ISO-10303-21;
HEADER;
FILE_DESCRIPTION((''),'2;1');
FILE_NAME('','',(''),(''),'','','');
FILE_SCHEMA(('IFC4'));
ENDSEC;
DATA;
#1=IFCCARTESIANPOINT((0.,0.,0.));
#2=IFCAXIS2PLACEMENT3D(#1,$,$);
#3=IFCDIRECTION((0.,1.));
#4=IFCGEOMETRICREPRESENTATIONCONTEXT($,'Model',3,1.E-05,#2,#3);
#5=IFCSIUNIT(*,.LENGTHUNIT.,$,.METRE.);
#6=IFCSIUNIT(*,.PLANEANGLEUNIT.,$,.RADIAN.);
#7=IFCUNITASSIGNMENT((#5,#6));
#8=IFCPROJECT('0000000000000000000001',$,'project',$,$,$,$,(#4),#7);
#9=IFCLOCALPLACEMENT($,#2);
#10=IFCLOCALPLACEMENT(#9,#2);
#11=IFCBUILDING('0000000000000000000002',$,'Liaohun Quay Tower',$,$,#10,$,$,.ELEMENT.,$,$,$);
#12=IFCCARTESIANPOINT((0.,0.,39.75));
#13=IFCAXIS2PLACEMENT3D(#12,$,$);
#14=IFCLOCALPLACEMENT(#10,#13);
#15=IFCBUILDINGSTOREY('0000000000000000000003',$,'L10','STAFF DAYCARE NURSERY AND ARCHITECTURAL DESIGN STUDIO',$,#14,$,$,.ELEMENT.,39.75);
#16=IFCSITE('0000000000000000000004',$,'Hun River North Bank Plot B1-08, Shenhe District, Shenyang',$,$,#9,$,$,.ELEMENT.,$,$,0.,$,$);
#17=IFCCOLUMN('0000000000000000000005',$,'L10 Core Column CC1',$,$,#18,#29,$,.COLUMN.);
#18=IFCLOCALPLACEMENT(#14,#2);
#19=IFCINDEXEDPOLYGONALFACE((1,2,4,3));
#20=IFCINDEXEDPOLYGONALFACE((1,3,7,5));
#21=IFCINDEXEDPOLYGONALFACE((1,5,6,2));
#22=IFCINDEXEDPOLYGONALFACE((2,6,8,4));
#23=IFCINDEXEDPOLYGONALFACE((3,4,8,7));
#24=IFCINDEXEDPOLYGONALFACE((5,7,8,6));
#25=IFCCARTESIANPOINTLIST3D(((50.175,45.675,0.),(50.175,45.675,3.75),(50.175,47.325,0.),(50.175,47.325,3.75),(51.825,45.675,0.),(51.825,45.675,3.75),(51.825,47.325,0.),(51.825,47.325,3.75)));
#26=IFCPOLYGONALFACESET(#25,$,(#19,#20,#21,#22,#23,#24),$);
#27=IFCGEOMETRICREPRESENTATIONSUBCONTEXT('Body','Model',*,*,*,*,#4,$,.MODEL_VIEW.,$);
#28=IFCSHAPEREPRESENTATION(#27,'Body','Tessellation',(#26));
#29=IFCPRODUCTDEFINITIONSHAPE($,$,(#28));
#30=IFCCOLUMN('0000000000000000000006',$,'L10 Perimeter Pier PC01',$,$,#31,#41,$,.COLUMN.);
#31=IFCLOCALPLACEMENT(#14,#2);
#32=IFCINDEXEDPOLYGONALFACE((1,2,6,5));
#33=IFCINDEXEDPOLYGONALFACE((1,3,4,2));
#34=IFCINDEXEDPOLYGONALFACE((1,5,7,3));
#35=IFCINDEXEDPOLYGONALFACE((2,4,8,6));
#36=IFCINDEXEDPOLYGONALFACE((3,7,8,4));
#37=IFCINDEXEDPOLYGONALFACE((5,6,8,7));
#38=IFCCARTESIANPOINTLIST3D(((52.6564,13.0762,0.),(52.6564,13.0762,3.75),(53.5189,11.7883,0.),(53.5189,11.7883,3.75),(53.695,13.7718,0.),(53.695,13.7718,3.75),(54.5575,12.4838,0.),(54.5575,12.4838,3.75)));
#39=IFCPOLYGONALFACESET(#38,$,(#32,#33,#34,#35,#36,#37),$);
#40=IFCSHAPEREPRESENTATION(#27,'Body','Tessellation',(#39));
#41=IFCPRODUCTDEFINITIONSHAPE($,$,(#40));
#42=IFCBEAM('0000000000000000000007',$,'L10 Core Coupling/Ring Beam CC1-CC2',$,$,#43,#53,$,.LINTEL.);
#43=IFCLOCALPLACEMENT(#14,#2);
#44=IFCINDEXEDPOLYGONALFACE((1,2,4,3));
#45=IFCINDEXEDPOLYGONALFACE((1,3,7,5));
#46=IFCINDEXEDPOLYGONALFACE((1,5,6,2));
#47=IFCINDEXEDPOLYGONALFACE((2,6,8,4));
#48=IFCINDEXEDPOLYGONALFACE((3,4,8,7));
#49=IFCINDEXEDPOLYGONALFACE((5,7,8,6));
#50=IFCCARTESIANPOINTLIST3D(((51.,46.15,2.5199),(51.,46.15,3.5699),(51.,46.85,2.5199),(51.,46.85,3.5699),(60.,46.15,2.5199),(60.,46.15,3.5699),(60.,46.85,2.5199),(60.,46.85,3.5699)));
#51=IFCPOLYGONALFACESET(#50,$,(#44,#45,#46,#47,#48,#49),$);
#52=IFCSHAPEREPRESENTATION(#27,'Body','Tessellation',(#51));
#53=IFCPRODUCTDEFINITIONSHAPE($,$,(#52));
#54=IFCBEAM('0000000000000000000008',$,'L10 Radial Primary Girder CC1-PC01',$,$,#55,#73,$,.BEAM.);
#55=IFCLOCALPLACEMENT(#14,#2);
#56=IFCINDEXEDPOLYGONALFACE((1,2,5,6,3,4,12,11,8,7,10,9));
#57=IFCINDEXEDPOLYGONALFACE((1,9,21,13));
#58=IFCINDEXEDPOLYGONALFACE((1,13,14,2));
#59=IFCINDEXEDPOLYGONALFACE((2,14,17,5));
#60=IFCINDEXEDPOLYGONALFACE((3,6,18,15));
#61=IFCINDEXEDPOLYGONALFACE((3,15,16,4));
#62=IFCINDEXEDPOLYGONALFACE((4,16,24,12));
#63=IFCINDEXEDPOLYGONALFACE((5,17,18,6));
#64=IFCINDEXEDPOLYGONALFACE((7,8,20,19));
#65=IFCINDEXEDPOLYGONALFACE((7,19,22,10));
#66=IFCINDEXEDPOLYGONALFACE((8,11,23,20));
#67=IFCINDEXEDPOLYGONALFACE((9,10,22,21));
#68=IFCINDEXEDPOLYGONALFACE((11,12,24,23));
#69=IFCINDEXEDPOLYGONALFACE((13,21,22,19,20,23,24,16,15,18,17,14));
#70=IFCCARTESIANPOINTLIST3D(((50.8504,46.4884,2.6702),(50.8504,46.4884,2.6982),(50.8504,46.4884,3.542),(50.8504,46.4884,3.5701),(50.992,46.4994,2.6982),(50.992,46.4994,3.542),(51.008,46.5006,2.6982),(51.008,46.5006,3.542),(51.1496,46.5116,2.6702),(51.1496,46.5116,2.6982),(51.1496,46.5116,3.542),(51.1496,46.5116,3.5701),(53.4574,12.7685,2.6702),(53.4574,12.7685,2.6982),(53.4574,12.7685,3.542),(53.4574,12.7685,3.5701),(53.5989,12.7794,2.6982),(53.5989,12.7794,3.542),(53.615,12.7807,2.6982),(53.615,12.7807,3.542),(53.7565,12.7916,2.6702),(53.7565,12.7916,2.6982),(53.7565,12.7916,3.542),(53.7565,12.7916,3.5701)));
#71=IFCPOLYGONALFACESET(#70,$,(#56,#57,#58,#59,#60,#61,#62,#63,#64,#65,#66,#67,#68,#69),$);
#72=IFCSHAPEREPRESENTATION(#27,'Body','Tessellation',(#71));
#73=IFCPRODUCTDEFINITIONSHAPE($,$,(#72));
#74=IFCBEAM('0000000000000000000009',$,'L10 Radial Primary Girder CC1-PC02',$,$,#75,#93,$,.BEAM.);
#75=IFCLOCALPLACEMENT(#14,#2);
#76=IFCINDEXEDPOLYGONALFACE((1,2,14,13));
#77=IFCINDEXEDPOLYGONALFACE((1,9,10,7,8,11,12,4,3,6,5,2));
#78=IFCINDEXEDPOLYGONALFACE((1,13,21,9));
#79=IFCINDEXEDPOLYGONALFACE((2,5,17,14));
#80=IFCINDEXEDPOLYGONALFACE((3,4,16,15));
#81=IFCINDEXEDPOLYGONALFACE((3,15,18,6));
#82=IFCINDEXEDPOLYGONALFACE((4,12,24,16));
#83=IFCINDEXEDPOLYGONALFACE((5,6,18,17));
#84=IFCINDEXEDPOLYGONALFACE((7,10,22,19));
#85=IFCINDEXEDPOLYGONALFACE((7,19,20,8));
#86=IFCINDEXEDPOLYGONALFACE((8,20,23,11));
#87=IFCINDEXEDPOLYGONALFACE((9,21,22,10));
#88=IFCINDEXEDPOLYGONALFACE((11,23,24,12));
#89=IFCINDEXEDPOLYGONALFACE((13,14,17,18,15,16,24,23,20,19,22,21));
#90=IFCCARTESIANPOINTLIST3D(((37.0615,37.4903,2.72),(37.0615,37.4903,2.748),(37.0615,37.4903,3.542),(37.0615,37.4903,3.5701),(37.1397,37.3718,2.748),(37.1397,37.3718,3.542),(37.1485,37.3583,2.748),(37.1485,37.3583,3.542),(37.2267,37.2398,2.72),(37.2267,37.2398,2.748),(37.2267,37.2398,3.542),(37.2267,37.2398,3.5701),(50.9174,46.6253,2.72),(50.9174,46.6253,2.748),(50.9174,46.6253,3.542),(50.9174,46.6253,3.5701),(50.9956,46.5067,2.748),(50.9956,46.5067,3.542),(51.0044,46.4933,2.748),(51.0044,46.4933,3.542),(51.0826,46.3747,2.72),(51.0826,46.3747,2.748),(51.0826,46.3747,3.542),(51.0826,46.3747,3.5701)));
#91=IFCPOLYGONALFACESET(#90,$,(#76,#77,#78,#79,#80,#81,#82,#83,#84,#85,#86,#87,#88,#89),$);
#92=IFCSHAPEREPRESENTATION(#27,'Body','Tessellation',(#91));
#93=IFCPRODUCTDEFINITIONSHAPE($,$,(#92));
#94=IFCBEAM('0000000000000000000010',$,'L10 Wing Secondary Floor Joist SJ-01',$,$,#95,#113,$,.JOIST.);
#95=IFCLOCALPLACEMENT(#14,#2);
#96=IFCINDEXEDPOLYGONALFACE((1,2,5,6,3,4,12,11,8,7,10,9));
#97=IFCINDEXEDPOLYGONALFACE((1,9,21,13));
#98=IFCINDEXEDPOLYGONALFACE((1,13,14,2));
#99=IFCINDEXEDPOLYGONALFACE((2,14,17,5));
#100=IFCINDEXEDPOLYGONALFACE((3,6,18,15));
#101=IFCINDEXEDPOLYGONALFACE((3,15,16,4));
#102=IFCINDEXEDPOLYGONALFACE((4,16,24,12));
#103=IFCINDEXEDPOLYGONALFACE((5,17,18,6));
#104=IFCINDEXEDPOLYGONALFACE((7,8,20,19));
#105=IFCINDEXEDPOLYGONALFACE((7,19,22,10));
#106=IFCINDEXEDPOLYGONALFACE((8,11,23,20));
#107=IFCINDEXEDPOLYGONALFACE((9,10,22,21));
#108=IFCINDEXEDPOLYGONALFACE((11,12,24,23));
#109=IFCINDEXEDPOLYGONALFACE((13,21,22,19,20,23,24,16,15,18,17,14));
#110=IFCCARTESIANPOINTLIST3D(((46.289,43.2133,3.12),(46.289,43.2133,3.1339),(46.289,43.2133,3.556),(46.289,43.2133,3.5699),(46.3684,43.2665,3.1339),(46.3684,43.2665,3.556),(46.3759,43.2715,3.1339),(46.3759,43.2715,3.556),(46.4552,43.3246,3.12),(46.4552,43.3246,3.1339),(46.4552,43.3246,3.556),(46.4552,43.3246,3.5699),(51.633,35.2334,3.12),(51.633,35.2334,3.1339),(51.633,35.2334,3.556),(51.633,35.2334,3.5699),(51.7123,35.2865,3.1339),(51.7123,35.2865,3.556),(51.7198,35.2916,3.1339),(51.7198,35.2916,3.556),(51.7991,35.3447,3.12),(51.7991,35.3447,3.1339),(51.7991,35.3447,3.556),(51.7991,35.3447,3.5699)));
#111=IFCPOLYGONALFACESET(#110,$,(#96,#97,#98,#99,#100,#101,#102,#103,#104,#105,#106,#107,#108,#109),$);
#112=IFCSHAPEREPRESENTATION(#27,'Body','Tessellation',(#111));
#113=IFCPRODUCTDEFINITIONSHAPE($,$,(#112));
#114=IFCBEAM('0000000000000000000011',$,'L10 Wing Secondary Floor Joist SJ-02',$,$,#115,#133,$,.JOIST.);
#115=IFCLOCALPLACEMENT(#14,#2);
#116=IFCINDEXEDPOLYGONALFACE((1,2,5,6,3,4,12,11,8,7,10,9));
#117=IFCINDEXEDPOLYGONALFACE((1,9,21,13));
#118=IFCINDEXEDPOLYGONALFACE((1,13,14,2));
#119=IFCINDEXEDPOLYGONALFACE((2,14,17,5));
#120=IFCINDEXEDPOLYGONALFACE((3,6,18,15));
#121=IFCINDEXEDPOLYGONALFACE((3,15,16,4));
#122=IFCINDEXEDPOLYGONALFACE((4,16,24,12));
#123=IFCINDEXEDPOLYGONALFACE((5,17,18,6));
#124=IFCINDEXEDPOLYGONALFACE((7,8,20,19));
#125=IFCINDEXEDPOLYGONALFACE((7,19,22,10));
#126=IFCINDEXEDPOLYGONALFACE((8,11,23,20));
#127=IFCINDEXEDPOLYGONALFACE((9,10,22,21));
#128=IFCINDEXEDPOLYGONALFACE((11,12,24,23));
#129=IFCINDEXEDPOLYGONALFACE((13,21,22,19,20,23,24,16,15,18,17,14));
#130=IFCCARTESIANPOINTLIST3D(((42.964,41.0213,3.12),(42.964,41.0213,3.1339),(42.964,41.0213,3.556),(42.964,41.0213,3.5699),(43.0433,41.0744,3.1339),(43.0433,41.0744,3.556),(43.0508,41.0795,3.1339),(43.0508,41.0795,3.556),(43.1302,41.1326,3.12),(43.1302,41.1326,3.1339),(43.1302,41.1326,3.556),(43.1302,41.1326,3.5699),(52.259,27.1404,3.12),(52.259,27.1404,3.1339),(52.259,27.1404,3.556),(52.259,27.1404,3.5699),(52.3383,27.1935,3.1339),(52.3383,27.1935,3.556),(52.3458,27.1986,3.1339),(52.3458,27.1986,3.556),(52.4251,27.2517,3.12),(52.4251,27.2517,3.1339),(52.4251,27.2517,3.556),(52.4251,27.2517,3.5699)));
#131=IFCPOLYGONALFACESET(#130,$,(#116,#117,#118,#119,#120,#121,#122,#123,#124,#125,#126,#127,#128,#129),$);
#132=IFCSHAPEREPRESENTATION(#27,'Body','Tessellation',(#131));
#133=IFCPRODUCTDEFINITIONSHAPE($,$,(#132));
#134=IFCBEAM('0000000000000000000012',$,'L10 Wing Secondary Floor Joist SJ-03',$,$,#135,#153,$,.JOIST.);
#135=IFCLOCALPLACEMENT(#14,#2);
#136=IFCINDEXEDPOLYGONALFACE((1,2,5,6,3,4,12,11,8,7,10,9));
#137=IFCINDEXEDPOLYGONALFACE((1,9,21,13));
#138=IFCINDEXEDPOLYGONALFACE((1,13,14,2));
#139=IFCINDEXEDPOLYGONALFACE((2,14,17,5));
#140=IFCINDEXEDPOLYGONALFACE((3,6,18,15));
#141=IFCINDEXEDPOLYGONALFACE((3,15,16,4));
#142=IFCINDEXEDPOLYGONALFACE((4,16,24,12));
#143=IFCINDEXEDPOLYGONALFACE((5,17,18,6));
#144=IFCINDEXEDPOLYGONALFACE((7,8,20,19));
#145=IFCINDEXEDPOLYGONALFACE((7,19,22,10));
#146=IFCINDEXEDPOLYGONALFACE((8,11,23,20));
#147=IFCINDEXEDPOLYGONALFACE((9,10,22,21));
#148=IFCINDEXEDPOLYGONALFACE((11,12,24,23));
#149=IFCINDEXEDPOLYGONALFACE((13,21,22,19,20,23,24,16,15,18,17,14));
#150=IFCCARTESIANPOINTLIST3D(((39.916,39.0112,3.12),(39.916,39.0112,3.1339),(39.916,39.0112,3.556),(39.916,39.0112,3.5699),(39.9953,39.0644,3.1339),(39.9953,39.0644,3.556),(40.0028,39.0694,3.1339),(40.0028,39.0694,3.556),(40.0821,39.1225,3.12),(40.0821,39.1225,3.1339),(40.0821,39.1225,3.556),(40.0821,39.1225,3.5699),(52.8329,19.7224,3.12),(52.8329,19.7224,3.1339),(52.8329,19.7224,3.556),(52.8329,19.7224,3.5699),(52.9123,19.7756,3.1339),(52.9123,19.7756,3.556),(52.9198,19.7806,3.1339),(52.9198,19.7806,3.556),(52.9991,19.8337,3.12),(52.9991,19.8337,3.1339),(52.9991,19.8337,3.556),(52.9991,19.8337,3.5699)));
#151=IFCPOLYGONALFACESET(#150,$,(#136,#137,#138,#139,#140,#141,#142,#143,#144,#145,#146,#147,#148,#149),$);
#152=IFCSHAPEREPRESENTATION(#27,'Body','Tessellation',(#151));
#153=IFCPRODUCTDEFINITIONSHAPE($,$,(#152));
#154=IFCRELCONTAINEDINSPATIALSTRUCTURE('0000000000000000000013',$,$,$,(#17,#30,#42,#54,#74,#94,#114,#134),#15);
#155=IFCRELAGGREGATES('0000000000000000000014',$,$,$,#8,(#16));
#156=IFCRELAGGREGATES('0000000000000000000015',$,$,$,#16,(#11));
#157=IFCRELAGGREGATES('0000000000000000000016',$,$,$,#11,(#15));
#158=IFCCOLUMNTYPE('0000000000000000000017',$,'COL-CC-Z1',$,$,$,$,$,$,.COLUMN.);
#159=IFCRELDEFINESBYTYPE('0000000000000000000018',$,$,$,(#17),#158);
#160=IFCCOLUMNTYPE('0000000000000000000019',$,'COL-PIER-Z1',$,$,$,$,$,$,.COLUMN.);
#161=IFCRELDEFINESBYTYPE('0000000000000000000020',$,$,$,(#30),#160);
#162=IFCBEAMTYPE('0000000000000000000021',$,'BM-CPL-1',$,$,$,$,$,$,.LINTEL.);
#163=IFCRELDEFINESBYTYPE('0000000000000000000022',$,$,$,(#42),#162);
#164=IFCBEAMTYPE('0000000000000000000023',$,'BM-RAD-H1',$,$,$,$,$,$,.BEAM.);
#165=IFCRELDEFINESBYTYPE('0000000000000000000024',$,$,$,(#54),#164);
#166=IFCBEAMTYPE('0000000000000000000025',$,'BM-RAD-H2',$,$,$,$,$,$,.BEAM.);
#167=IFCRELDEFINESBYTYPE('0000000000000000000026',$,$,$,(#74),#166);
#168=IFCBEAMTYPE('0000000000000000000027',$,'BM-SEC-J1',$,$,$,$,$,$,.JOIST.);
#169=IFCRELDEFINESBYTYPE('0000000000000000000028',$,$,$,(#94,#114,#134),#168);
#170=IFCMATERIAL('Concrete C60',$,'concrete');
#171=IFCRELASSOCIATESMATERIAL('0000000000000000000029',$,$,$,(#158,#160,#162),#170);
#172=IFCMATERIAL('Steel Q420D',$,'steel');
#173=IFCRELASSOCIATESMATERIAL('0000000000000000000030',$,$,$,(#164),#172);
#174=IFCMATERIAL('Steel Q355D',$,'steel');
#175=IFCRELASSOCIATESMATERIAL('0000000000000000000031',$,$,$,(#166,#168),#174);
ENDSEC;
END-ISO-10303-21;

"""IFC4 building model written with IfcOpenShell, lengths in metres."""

from ifc_helpers import new_model, si_unit, direction, frame, origin, origin_2d, place, context, subcontext, project, spatial, rectangle, i_section, extrude, source, transform, mapped, material, material_profile, profile_set, type_object, element, save


model = new_model("IFC4")

# Units and contexts
model_context = context("Model", 3, precision=1e-05, world=origin(), true_north=direction((0.0, 1.0)))
body_context = subcontext(model_context, "Body", "Model", "MODEL_VIEW")
ifc_project = project(units=[si_unit("LENGTHUNIT", "METRE"), si_unit("PLANEANGLEUNIT", "RADIAN")], contexts=[model_context])

# Site, building, storey
site_placement = place(None, origin())
site = spatial("IfcSite", under=ifc_project, at=site_placement, Name="Hun River North Bank Plot B1-08, Shenhe District, Shenyang", CompositionType="ELEMENT", RefElevation=0.0)
building_placement = place(site_placement, origin())
building = spatial("IfcBuilding", under=site, at=building_placement, Name="Liaohun Quay Tower", CompositionType="ELEMENT")
storey_placement = place(building_placement, frame((0.0, 0.0, 39.75)))
storey = spatial("IfcBuildingStorey", under=building, at=storey_placement, Name="L10", Description="STAFF DAYCARE NURSERY AND ARCHITECTURAL DESIGN STUDIO", CompositionType="ELEMENT", Elevation=39.75)

# Columns
ifc_material_1 = material(Name="Concrete C60", Category="concrete")
ifc_material_profile_1 = material_profile(ifc_material_1, rectangle(XDim=1.6499, YDim=1.6499, at=origin_2d()), Name="RC1650x1650")
ifc_profile_set_1 = profile_set([ifc_material_profile_1], Name="Concrete C60")
column_type_1 = type_object("IfcColumnType", Name="COL-CC-Z1", PredefinedType="COLUMN", material=ifc_profile_set_1)
shared_shape_1 = source(origin(), body_context, "Body", "SweptSolid", [
    extrude(rectangle(XDim=1.6499, YDim=1.6499, at=origin_2d()), origin(), (0.0, 0.0, 1.0), 3.75),
])
column_1_placement = place(storey_placement, frame((51.0, 46.5, 0.0), z_axis=(0.0, 0.0, 1.0), x_axis=(1.0, 0.0, 0.0)))
element("IfcColumn", 1, at=column_1_placement, inside=storey, type_object=column_type_1, Name="L10 Core Column CC1", PredefinedType="COLUMN", context=body_context, shape_type="MappedRepresentation", body=[
    mapped(shared_shape_1, transform((0.0, 0.0, 0.0), x_axis=(1.0, 0.0, 0.0), y_axis=(0.0, 1.0, 0.0), z_axis=(0.0, 0.0, 1.0), scale=1.0)),
])
ifc_material_profile_2 = material_profile(ifc_material_1, rectangle(XDim=1.55, YDim=1.25, at=origin_2d()), Name="RC1550x1250")
ifc_profile_set_2 = profile_set([ifc_material_profile_2], Name="Concrete C60")
column_type_2 = type_object("IfcColumnType", Name="COL-PIER-Z1", PredefinedType="COLUMN", material=ifc_profile_set_2)
shared_shape_2 = source(origin(), body_context, "Body", "SweptSolid", [
    extrude(rectangle(XDim=1.55, YDim=1.25, at=origin_2d()), origin(), (0.0, 0.0, 1.0), 3.75),
])
column_2_placement = place(storey_placement, frame((53.6069, 12.78, 0.0), z_axis=(0.0, 0.0, 1.0), x_axis=(-0.556441, 0.830887, 0.0)))
element("IfcColumn", 2, at=column_2_placement, inside=storey, type_object=column_type_2, Name="L10 Perimeter Pier PC01", PredefinedType="COLUMN", context=body_context, shape_type="MappedRepresentation", body=[
    mapped(shared_shape_2, transform((0.0, 0.0, 0.0), x_axis=(1.0, 0.0, 0.0), y_axis=(0.0, 1.0, 0.0), z_axis=(0.0, 0.0, 1.0), scale=1.0)),
])

# Beams
ifc_material_profile_3 = material_profile(ifc_material_1, rectangle(XDim=0.7, YDim=1.05, at=origin_2d()), Name="RC700x1050")
ifc_profile_set_3 = profile_set([ifc_material_profile_3], Name="Concrete C60")
beam_type_1 = type_object("IfcBeamType", Name="BM-CPL-1", PredefinedType="LINTEL", material=ifc_profile_set_3)
shared_shape_3 = source(origin(), body_context, "Body", "SweptSolid", [
    extrude(rectangle(XDim=0.7, YDim=1.05, at=origin_2d()), origin(), (0.0, 0.0, 1.0), 9.0),
])
beam_1_placement = place(storey_placement, frame((51.0, 46.5, 3.0449), z_axis=(1.0, 0.0, 0.0), x_axis=(0.0, 1.0, 0.0)))
element("IfcBeam", 3, at=beam_1_placement, inside=storey, type_object=beam_type_1, Name="L10 Core Coupling/Ring Beam CC1-CC2", PredefinedType="LINTEL", context=body_context, shape_type="MappedRepresentation", body=[
    mapped(shared_shape_3, transform((0.0, 0.0, 0.0), x_axis=(1.0, 0.0, 0.0), y_axis=(0.0, 1.0, 0.0), z_axis=(0.0, 0.0, 1.0), scale=1.0)),
])
ifc_material_2 = material(Name="Steel Q420D", Category="steel")
ifc_material_profile_4 = material_profile(ifc_material_2, i_section(OverallWidth=0.3, OverallDepth=0.8999, WebThickness=0.0161, FlangeThickness=0.0281, at=origin_2d()), Name="HN900x300x16x28")
ifc_profile_set_4 = profile_set([ifc_material_profile_4], Name="Steel Q420D")
beam_type_2 = type_object("IfcBeamType", Name="BM-RAD-H1", PredefinedType="BEAM", material=ifc_profile_set_4)
shared_shape_4 = source(origin(), body_context, "Body", "SweptSolid", [
    extrude(i_section(OverallWidth=0.3, OverallDepth=0.8999, WebThickness=0.0161, FlangeThickness=0.0281, at=origin_2d()), origin(), (0.0, 0.0, 1.0), 33.8206),
])
beam_2_placement = place(storey_placement, frame((51.0, 46.5, 3.1201), z_axis=(0.077081, -0.997025, 0.0), x_axis=(0.997025, 0.077081, 0.0)))
element("IfcBeam", 4, at=beam_2_placement, inside=storey, type_object=beam_type_2, Name="L10 Radial Primary Girder CC1-PC01", PredefinedType="BEAM", context=body_context, shape_type="MappedRepresentation", body=[
    mapped(shared_shape_4, transform((0.0, 0.0, 0.0), x_axis=(1.0, 0.0, 0.0), y_axis=(0.0, 1.0, 0.0), z_axis=(0.0, 0.0, 1.0), scale=1.0)),
])
ifc_material_3 = material(Name="Steel Q355D", Category="steel")
ifc_material_profile_5 = material_profile(ifc_material_3, i_section(OverallWidth=0.3, OverallDepth=0.8501, WebThickness=0.0161, FlangeThickness=0.0281, at=origin_2d()), Name="HN850x300x16x28")
ifc_profile_set_5 = profile_set([ifc_material_profile_5], Name="Steel Q355D")
beam_type_3 = type_object("IfcBeamType", Name="BM-RAD-H2", PredefinedType="BEAM", material=ifc_profile_set_5)
shared_shape_5 = source(origin(), body_context, "Body", "SweptSolid", [
    extrude(i_section(OverallWidth=0.3, OverallDepth=0.8501, WebThickness=0.0161, FlangeThickness=0.0281, at=origin_2d()), origin(), (0.0, 0.0, 1.0), 16.5962),
])
beam_3_placement = place(storey_placement, frame((51.0, 46.5, 3.145), z_axis=(-0.834884, -0.550426, 0.0), x_axis=(0.550426, -0.834884, 0.0)))
element("IfcBeam", 5, at=beam_3_placement, inside=storey, type_object=beam_type_3, Name="L10 Radial Primary Girder CC1-PC02", PredefinedType="BEAM", context=body_context, shape_type="MappedRepresentation", body=[
    mapped(shared_shape_5, transform((0.0, 0.0, 0.0), x_axis=(1.0, 0.0, 0.0), y_axis=(0.0, 1.0, 0.0), z_axis=(0.0, 0.0, 1.0), scale=1.0)),
])
ifc_material_profile_6 = material_profile(ifc_material_3, i_section(OverallWidth=0.2, OverallDepth=0.45, WebThickness=0.009, FlangeThickness=0.0139, at=origin_2d()), Name="HN450x200x9x14")
ifc_profile_set_6 = profile_set([ifc_material_profile_6], Name="Steel Q355D")
beam_type_4 = type_object("IfcBeamType", Name="BM-SEC-J1", PredefinedType="JOIST", material=ifc_profile_set_6)
shared_shape_6 = source(origin(), body_context, "Body", "SweptSolid", [
    extrude(i_section(OverallWidth=0.2, OverallDepth=0.45, WebThickness=0.009, FlangeThickness=0.0139, at=origin_2d()), origin(), (0.0, 0.0, 1.0), 9.604),
])
beam_4_placement = place(storey_placement, frame((51.7161, 35.2891, 3.345), z_axis=(-0.55643, 0.830895, 0.0), x_axis=(-0.830895, -0.55643, 0.0)))
element("IfcBeam", 6, at=beam_4_placement, inside=storey, type_object=beam_type_4, Name="L10 Wing Secondary Floor Joist SJ-01", PredefinedType="JOIST", context=body_context, shape_type="MappedRepresentation", body=[
    mapped(shared_shape_6, transform((0.0, 0.0, 0.0), x_axis=(1.0, 0.0, 0.0), y_axis=(0.0, 1.0, 0.0), z_axis=(0.0, 0.0, 1.0), scale=1.0)),
])
shared_shape_7 = source(origin(), body_context, "Body", "SweptSolid", [
    extrude(i_section(OverallWidth=0.2, OverallDepth=0.45, WebThickness=0.009, FlangeThickness=0.0139, at=origin_2d()), origin(), (0.0, 0.0, 1.0), 16.7056),
])
beam_5_placement = place(storey_placement, frame((52.342, 27.196, 3.345), z_axis=(-0.556399, 0.830915, 0.0), x_axis=(-0.830915, -0.556399, 0.0)))
element("IfcBeam", 7, at=beam_5_placement, inside=storey, type_object=beam_type_4, Name="L10 Wing Secondary Floor Joist SJ-02", PredefinedType="JOIST", context=body_context, shape_type="MappedRepresentation", body=[
    mapped(shared_shape_7, transform((0.0, 0.0, 0.0), x_axis=(1.0, 0.0, 0.0), y_axis=(0.0, 1.0, 0.0), z_axis=(0.0, 0.0, 1.0), scale=1.0)),
])
shared_shape_8 = source(origin(), body_context, "Body", "SweptSolid", [
    extrude(i_section(OverallWidth=0.2, OverallDepth=0.45, WebThickness=0.009, FlangeThickness=0.0139, at=origin_2d()), origin(), (0.0, 0.0, 1.0), 23.2144),
])
beam_6_placement = place(storey_placement, frame((52.916, 19.7781, 3.345), z_axis=(-0.556422, 0.8309, 0.0), x_axis=(-0.8309, -0.556422, 0.0)))
element("IfcBeam", 8, at=beam_6_placement, inside=storey, type_object=beam_type_4, Name="L10 Wing Secondary Floor Joist SJ-03", PredefinedType="JOIST", context=body_context, shape_type="MappedRepresentation", body=[
    mapped(shared_shape_8, transform((0.0, 0.0, 0.0), x_axis=(1.0, 0.0, 0.0), y_axis=(0.0, 1.0, 0.0), z_axis=(0.0, 0.0, 1.0), scale=1.0)),
])

save(model, "model.ifc")
